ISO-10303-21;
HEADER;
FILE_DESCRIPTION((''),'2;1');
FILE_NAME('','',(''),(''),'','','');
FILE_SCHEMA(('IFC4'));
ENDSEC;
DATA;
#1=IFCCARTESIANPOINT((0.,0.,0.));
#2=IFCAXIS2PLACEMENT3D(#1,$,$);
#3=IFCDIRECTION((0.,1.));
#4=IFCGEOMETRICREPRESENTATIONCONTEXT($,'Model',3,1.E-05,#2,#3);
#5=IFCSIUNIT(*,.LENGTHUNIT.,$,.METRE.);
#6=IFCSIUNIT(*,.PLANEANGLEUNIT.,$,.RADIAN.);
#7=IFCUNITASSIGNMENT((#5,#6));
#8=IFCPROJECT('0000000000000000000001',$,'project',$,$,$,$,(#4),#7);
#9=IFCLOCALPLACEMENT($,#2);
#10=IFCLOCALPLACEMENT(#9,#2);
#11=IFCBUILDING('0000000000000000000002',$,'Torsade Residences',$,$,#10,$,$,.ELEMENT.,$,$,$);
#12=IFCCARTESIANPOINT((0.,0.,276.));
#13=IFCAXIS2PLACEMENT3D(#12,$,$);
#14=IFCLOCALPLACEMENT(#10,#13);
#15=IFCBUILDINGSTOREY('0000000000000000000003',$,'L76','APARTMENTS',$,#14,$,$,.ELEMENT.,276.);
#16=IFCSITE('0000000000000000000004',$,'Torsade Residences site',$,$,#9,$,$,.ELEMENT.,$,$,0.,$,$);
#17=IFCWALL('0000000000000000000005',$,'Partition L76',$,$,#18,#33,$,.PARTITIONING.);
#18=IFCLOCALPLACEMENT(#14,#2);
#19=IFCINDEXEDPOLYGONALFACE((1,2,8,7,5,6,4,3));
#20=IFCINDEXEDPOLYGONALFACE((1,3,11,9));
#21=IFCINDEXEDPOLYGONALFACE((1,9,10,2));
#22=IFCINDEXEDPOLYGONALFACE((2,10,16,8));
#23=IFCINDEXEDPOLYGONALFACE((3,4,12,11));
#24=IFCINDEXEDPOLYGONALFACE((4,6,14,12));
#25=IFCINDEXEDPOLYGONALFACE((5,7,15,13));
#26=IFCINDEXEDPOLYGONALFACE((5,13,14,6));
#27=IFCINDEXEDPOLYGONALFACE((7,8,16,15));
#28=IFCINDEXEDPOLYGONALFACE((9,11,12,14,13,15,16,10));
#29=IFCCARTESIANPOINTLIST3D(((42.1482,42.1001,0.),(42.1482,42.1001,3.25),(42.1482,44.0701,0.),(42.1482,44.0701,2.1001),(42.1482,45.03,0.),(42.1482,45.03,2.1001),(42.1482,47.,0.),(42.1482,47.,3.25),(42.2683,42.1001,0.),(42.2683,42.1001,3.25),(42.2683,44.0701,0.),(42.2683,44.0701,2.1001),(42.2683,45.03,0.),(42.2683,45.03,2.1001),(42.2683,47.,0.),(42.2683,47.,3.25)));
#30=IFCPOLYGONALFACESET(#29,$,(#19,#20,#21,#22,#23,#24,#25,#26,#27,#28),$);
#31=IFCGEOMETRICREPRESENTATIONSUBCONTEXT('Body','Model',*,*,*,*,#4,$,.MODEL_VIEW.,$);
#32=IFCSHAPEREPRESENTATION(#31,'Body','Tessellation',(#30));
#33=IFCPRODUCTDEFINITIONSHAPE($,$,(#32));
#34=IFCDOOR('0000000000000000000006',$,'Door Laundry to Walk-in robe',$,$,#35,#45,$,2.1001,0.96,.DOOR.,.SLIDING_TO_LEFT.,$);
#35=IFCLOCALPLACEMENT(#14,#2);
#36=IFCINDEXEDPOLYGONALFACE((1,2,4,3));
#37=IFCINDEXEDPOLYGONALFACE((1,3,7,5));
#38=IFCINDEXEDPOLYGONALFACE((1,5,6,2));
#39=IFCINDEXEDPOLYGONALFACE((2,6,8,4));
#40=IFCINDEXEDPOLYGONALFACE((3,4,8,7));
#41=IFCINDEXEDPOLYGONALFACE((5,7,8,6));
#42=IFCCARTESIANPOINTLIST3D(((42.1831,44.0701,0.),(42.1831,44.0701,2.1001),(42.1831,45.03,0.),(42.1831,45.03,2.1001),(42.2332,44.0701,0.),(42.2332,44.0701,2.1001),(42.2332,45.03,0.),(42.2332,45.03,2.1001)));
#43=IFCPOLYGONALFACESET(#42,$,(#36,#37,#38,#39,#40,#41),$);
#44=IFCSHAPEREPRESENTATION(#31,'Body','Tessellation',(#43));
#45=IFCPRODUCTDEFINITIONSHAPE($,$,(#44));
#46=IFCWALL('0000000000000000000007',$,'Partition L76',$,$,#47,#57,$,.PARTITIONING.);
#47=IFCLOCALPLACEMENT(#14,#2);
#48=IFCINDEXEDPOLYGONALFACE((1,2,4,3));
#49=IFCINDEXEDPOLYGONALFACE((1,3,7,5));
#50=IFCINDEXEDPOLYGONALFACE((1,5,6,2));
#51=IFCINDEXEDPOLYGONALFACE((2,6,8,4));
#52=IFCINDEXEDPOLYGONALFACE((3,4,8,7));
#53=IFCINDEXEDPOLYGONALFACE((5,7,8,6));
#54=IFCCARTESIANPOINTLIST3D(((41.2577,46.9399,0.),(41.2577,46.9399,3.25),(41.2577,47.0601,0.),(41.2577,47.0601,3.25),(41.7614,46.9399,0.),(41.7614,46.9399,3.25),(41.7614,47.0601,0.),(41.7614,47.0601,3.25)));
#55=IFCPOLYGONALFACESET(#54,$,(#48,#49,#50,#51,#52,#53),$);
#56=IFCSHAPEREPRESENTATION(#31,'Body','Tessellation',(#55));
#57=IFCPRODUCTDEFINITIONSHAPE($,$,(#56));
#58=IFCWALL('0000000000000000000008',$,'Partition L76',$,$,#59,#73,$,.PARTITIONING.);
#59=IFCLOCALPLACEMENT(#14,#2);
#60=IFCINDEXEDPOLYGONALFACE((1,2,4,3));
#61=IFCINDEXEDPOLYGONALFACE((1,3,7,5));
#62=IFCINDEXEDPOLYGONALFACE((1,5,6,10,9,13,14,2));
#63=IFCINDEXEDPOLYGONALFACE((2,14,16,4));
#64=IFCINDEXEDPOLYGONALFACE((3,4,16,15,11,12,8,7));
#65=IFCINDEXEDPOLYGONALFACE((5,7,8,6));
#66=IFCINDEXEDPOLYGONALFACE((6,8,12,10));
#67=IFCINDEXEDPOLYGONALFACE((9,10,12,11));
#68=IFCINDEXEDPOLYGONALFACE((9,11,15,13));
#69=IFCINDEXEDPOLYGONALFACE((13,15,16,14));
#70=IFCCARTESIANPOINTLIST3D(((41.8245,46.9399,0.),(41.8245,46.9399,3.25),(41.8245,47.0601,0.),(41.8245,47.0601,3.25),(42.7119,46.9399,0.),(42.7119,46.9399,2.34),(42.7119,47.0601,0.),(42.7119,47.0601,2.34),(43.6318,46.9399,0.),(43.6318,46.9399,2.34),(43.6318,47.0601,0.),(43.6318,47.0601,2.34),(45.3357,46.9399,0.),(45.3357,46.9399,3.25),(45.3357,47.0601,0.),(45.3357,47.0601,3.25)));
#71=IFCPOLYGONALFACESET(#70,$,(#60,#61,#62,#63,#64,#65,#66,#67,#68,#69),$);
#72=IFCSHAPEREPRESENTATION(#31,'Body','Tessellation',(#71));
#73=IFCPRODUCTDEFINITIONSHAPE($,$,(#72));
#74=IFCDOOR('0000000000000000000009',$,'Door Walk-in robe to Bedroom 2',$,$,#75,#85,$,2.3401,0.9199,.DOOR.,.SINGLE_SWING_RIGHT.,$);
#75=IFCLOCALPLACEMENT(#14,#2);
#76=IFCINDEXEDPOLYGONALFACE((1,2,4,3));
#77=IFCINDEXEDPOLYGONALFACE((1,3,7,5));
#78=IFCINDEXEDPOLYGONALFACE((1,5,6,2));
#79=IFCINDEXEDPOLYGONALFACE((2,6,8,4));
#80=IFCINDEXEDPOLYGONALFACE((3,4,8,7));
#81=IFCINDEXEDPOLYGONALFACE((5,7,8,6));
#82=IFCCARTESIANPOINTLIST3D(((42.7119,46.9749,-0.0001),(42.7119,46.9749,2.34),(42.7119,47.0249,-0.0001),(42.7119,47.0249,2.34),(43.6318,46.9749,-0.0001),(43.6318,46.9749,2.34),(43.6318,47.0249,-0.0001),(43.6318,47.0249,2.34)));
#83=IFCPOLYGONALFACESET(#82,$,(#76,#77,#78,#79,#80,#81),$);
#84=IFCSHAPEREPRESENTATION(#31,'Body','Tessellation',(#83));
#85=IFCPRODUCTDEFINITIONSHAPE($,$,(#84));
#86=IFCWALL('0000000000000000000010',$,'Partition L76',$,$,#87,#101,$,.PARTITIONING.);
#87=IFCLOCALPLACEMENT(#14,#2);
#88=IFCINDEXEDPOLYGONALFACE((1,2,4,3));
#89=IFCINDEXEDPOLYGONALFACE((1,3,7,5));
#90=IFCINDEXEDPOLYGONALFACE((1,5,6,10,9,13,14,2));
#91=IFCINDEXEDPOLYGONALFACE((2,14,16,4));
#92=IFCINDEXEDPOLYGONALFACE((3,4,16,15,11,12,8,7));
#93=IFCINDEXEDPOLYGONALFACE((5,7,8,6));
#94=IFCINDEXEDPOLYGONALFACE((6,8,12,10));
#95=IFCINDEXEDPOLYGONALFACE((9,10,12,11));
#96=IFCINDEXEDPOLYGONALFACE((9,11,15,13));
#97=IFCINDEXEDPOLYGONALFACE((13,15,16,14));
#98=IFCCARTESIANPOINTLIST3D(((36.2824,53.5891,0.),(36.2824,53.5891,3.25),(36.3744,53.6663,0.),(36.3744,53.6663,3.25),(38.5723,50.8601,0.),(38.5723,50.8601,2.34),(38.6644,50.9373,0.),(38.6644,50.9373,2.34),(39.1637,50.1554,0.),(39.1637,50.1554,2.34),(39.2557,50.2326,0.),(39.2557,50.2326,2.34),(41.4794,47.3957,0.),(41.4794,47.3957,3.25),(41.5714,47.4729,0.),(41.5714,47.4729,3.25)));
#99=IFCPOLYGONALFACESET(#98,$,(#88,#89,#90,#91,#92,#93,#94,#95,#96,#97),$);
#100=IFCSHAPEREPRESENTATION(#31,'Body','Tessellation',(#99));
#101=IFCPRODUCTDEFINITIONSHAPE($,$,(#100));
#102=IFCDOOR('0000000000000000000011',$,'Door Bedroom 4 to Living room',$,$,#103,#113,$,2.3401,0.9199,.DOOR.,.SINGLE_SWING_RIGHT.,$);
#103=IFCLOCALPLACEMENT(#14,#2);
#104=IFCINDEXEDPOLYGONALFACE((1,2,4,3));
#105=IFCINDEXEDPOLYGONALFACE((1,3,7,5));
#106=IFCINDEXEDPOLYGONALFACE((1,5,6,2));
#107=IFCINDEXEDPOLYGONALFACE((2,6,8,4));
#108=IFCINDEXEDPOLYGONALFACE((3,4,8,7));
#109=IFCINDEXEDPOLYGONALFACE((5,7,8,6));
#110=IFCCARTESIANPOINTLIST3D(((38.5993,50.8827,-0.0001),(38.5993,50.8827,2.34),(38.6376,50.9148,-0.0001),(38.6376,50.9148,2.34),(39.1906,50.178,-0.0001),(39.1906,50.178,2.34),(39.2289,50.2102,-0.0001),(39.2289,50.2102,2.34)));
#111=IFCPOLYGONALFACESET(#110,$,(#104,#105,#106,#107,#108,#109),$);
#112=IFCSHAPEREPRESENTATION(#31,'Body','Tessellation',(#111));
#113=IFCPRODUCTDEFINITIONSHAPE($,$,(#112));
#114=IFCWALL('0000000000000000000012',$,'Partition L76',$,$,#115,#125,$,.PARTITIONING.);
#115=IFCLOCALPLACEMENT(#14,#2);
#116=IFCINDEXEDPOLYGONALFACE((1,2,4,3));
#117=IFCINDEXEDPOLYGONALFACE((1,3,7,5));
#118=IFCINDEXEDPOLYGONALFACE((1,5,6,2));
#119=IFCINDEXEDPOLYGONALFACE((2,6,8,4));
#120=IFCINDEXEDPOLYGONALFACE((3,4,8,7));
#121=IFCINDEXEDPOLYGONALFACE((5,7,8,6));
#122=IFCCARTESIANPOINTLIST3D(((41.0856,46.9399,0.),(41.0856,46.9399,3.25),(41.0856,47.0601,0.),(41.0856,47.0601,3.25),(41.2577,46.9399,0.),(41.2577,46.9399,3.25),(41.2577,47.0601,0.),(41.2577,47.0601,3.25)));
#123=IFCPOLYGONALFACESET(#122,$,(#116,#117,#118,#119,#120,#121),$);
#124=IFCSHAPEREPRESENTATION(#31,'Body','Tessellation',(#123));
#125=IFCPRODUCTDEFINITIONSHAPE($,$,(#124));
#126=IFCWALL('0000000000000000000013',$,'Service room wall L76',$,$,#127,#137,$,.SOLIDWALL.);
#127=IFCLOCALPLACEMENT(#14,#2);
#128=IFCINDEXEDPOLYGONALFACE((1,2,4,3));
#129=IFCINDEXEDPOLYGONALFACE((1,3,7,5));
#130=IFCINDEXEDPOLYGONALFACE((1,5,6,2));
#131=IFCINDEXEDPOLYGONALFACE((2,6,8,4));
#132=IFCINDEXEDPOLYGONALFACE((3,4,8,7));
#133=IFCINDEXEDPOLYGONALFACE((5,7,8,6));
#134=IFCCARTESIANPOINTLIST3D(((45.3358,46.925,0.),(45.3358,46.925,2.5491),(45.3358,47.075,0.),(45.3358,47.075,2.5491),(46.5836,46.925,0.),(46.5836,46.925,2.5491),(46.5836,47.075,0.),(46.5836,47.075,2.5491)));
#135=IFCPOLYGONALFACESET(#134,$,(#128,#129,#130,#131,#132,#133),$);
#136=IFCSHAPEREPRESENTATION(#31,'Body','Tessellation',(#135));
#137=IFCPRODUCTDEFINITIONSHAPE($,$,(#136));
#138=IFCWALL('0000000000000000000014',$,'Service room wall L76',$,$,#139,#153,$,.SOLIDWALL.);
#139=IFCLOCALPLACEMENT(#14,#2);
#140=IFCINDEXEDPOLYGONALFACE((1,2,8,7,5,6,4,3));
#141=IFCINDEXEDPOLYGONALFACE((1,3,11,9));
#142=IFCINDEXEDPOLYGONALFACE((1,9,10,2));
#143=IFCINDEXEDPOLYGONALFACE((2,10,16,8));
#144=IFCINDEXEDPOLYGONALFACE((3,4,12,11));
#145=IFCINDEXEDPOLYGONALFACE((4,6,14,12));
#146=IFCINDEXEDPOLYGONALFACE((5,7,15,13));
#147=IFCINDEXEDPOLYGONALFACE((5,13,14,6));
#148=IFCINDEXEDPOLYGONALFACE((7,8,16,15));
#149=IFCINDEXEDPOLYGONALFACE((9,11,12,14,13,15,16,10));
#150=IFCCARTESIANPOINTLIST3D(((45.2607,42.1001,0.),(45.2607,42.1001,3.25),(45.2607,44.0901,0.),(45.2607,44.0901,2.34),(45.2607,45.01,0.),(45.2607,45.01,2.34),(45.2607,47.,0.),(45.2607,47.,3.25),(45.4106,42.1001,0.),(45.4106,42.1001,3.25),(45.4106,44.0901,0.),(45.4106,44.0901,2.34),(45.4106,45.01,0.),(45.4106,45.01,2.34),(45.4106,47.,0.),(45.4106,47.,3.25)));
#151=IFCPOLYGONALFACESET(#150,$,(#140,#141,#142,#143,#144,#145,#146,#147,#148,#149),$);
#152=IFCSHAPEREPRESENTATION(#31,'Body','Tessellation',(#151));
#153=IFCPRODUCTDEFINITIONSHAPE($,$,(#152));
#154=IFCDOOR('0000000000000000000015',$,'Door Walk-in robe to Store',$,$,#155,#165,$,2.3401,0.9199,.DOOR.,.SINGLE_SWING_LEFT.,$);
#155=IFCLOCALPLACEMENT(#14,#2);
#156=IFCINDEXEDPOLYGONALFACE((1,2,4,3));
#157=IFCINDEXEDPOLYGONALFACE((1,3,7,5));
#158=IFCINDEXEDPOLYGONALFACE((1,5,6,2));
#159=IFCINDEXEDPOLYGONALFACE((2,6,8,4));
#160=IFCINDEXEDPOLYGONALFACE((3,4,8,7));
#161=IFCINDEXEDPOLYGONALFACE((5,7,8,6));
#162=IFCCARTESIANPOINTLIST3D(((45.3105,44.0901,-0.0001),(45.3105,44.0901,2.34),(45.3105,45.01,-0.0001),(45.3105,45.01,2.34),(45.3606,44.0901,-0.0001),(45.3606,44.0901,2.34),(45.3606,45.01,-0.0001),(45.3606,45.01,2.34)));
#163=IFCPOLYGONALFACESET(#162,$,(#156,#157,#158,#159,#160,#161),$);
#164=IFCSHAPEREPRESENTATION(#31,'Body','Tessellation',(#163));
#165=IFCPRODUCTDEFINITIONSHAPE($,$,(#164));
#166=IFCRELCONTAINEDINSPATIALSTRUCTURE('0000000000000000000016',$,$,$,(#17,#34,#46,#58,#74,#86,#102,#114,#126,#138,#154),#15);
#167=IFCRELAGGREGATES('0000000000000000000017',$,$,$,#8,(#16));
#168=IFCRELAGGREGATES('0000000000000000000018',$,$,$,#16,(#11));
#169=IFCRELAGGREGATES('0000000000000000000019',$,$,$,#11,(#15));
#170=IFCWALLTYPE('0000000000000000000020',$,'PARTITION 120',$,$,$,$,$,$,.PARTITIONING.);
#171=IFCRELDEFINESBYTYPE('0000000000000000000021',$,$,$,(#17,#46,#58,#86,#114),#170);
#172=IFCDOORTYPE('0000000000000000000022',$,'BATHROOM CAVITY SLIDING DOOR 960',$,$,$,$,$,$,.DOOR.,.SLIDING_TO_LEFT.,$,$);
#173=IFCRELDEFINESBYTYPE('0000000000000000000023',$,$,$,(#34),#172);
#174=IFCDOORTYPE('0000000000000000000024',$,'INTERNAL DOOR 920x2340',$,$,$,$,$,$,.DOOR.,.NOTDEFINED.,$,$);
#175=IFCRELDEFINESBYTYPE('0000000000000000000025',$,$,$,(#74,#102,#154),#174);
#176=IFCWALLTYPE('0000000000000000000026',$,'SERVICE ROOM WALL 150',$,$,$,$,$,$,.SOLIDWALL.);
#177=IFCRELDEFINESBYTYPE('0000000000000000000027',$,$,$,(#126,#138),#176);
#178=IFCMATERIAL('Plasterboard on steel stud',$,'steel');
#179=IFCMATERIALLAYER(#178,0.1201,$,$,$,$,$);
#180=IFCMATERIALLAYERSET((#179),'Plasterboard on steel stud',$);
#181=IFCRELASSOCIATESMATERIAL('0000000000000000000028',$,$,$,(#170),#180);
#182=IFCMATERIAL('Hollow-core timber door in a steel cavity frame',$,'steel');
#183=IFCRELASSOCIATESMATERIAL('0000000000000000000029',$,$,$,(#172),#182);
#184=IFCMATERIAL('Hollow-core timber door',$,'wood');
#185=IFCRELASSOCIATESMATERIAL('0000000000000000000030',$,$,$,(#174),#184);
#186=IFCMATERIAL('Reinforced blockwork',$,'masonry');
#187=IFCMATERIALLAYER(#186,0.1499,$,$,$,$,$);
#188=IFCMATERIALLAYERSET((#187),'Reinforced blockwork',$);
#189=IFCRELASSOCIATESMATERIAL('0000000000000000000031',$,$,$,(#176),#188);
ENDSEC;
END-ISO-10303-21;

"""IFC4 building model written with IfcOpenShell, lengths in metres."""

from ifc_helpers import new_model, si_unit, direction, frame, frame_2d, origin, place, context, subcontext, project, spatial, rectangle, extrude, material, layer, layer_set, type_object, element, fill, save


model = new_model("IFC4")

# Units and contexts
model_context = context("Model", 3, precision=1e-05, world=origin(), true_north=direction((0.0, 1.0)))
body_context = subcontext(model_context, "Body", "Model", "MODEL_VIEW")
ifc_project = project(units=[si_unit("LENGTHUNIT", "METRE"), si_unit("PLANEANGLEUNIT", "RADIAN")], contexts=[model_context])

# Site, building, storey
site_placement = place(None, origin())
site = spatial("IfcSite", under=ifc_project, at=site_placement, Name="Torsade Residences site", CompositionType="ELEMENT", RefElevation=0.0)
building_placement = place(site_placement, origin())
building = spatial("IfcBuilding", under=site, at=building_placement, Name="Torsade Residences", CompositionType="ELEMENT")
storey_placement = place(building_placement, frame((0.0, 0.0, 276.0)))
storey = spatial("IfcBuildingStorey", under=building, at=storey_placement, Name="L76", Description="APARTMENTS", CompositionType="ELEMENT", Elevation=276.0)

# Wall, opening, door
ifc_material_1 = material(Name="Plasterboard on steel stud", Category="steel")
ifc_layer_1 = layer(ifc_material_1, 0.1201)
ifc_layer_set_1 = layer_set([ifc_layer_1], Name="Plasterboard on steel stud")
wall_type_1 = type_object("IfcWallType", Name="PARTITION 120", PredefinedType="PARTITIONING", material=ifc_layer_set_1)
wall_1_placement = place(storey_placement, frame((42.2083, 47.0, 0.0), z_axis=(0.0, 0.0, 1.0), x_axis=(0.0, -1.0, 0.0)))
wall_1 = element("IfcWall", 1, at=wall_1_placement, inside=storey, type_object=wall_type_1, Name="Partition L76", PredefinedType="PARTITIONING", context=body_context, shape_type="SweptSolid", body=[
    extrude(rectangle(XDim=4.8999, YDim=0.1201, at=frame_2d((2.45, 0.0))), origin(), (0.0, 0.0, 1.0), 3.25),
])
opening_1_placement = place(wall_1_placement, frame((1.97, 0.0, 0.0)))
opening_1 = element("IfcOpeningElement", 2, at=opening_1_placement, cuts=wall_1, PredefinedType="OPENING", context=body_context, shape_type="SweptSolid", body=[
    extrude(rectangle(XDim=0.96, YDim=2.1001, at=frame_2d((0.48, 1.05))), frame((0.0, 0.0701, 0.0), z_axis=(0.0, -1.0, 0.0), x_axis=(1.0, 0.0, 0.0)), (0.0, 0.0, 1.0), 0.1401),
])
ifc_material_2 = material(Name="Hollow-core timber door in a steel cavity frame", Category="steel")
door_type_1 = type_object("IfcDoorType", Name="BATHROOM CAVITY SLIDING DOOR 960", OperationType="SLIDING_TO_LEFT", PredefinedType="DOOR", material=ifc_material_2)
door_1_placement = place(opening_1_placement, origin())
door_1 = element("IfcDoor", 3, at=door_1_placement, inside=storey, type_object=door_type_1, Name="Door Laundry to Walk-in robe", OperationType="SLIDING_TO_LEFT", OverallHeight=2.1001, OverallWidth=0.96, PredefinedType="DOOR", context=body_context, shape_type="SweptSolid", body=[
    extrude(rectangle(XDim=0.96, YDim=2.1001, at=frame_2d((0.48, 1.05))), frame((0.0, 0.0249, 0.0), z_axis=(0.0, -1.0, 0.0), x_axis=(1.0, 0.0, 0.0)), (0.0, 0.0, 1.0), 0.05),
])
fill(opening_1, door_1)

# Wall
wall_2_placement = place(storey_placement, frame((41.2576, 47.0, 0.0), z_axis=(0.0, 0.0, 1.0), x_axis=(1.0, 0.0, 0.0)))
element("IfcWall", 4, at=wall_2_placement, inside=storey, type_object=wall_type_1, Name="Partition L76", PredefinedType="PARTITIONING", context=body_context, shape_type="SweptSolid", body=[
    extrude(rectangle(XDim=0.5037, YDim=0.1201, at=frame_2d((0.252, 0.0))), origin(), (0.0, 0.0, 1.0), 3.25),
])

# Walls, openings, doors
wall_3_placement = place(storey_placement, frame((41.8245, 47.0, 0.0), z_axis=(0.0, 0.0, 1.0), x_axis=(1.0, 0.0, 0.0)))
wall_3 = element("IfcWall", 5, at=wall_3_placement, inside=storey, type_object=wall_type_1, Name="Partition L76", PredefinedType="PARTITIONING", context=body_context, shape_type="SweptSolid", body=[
    extrude(rectangle(XDim=3.5112, YDim=0.1201, at=frame_2d((1.7556, 0.0))), origin(), (0.0, 0.0, 1.0), 3.25),
])
opening_2_placement = place(wall_3_placement, frame((0.8875, 0.0, 0.0)))
opening_2 = element("IfcOpeningElement", 6, at=opening_2_placement, cuts=wall_3, PredefinedType="OPENING", context=body_context, shape_type="SweptSolid", body=[
    extrude(rectangle(XDim=0.9199, YDim=2.3401, at=frame_2d((0.46, 1.1699))), frame((0.0, 0.0701, 0.0), z_axis=(0.0, -1.0, 0.0), x_axis=(1.0, 0.0, 0.0)), (0.0, 0.0, 1.0), 0.1401),
])
ifc_material_3 = material(Name="Hollow-core timber door", Category="wood")
door_type_2 = type_object("IfcDoorType", Name="INTERNAL DOOR 920x2340", OperationType="NOTDEFINED", PredefinedType="DOOR", material=ifc_material_3)
door_2_placement = place(opening_2_placement, origin())
door_2 = element("IfcDoor", 7, at=door_2_placement, inside=storey, type_object=door_type_2, Name="Door Walk-in robe to Bedroom 2", OperationType="SINGLE_SWING_RIGHT", OverallHeight=2.3401, OverallWidth=0.9199, PredefinedType="DOOR", context=body_context, shape_type="SweptSolid", body=[
    extrude(rectangle(XDim=0.9199, YDim=2.3401, at=frame_2d((0.46, 1.1699))), frame((0.0, 0.0249, 0.0), z_axis=(0.0, -1.0, 0.0), x_axis=(1.0, 0.0, 0.0)), (0.0, 0.0, 1.0), 0.05),
])
fill(opening_2, door_2)
wall_4_placement = place(storey_placement, frame((41.5254, 47.4343, 0.0), z_axis=(0.0, 0.0, 1.0), x_axis=(-0.6428, 0.766034, 0.0)))
wall_4 = element("IfcWall", 8, at=wall_4_placement, inside=storey, type_object=wall_type_1, Name="Partition L76", PredefinedType="PARTITIONING", context=body_context, shape_type="SweptSolid", body=[
    extrude(rectangle(XDim=8.085, YDim=0.1201, at=frame_2d((4.0425, 0.0))), origin(), (0.0, 0.0, 1.0), 3.25),
])
opening_3_placement = place(wall_4_placement, frame((3.6025, 0.0, 0.0)))
opening_3 = element("IfcOpeningElement", 9, at=opening_3_placement, cuts=wall_4, PredefinedType="OPENING", context=body_context, shape_type="SweptSolid", body=[
    extrude(rectangle(XDim=0.9199, YDim=2.3401, at=frame_2d((0.46, 1.1699))), frame((0.0, 0.0701, 0.0), z_axis=(0.0, -1.0, 0.0), x_axis=(1.0, 0.0, 0.0)), (0.0, 0.0, 1.0), 0.1401),
])
door_3_placement = place(opening_3_placement, origin())
door_3 = element("IfcDoor", 10, at=door_3_placement, inside=storey, type_object=door_type_2, Name="Door Bedroom 4 to Living room", OperationType="SINGLE_SWING_RIGHT", OverallHeight=2.3401, OverallWidth=0.9199, PredefinedType="DOOR", context=body_context, shape_type="SweptSolid", body=[
    extrude(rectangle(XDim=0.9199, YDim=2.3401, at=frame_2d((0.46, 1.1699))), frame((0.0, 0.0249, 0.0), z_axis=(0.0, -1.0, 0.0), x_axis=(1.0, 0.0, 0.0)), (0.0, 0.0, 1.0), 0.05),
])
fill(opening_3, door_3)

# Walls
wall_5_placement = place(storey_placement, frame((41.2576, 47.0, 0.0), z_axis=(0.0, 0.0, 1.0), x_axis=(-1.0, 0.0, 0.0)))
element("IfcWall", 11, at=wall_5_placement, inside=storey, type_object=wall_type_1, Name="Partition L76", PredefinedType="PARTITIONING", context=body_context, shape_type="SweptSolid", body=[
    extrude(rectangle(XDim=0.1721, YDim=0.1201, at=frame_2d((0.0859, 0.0))), origin(), (0.0, 0.0, 1.0), 3.25),
])
ifc_material_4 = material(Name="Reinforced blockwork", Category="masonry")
ifc_layer_2 = layer(ifc_material_4, 0.1499)
ifc_layer_set_2 = layer_set([ifc_layer_2], Name="Reinforced blockwork")
wall_type_2 = type_object("IfcWallType", Name="SERVICE ROOM WALL 150", PredefinedType="SOLIDWALL", material=ifc_layer_set_2)
wall_6_placement = place(storey_placement, frame((45.3357, 47.0, 0.0), z_axis=(0.0, 0.0, 1.0), x_axis=(1.0, 0.0, 0.0)))
element("IfcWall", 12, at=wall_6_placement, inside=storey, type_object=wall_type_2, Name="Service room wall L76", PredefinedType="SOLIDWALL", context=body_context, shape_type="SweptSolid", body=[
    extrude(rectangle(XDim=1.2478, YDim=0.1499, at=frame_2d((0.624, 0.0))), origin(), (0.0, 0.0, 1.0), 2.5491),
])

# Wall, opening, door
wall_7_placement = place(storey_placement, frame((45.3357, 47.0, 0.0), z_axis=(0.0, 0.0, 1.0), x_axis=(0.0, -1.0, 0.0)))
wall_7 = element("IfcWall", 13, at=wall_7_placement, inside=storey, type_object=wall_type_2, Name="Service room wall L76", PredefinedType="SOLIDWALL", context=body_context, shape_type="SweptSolid", body=[
    extrude(rectangle(XDim=4.8999, YDim=0.1499, at=frame_2d((2.45, 0.0))), origin(), (0.0, 0.0, 1.0), 3.25),
])
opening_4_placement = place(wall_7_placement, frame((1.99, 0.0, 0.0)))
opening_4 = element("IfcOpeningElement", 14, at=opening_4_placement, cuts=wall_7, PredefinedType="OPENING", context=body_context, shape_type="SweptSolid", body=[
    extrude(rectangle(XDim=0.9199, YDim=2.3401, at=frame_2d((0.46, 1.1699))), frame((0.0, 0.085, 0.0), z_axis=(0.0, -1.0, 0.0), x_axis=(1.0, 0.0, 0.0)), (0.0, 0.0, 1.0), 0.1699),
])
door_4_placement = place(opening_4_placement, origin())
door_4 = element("IfcDoor", 15, at=door_4_placement, inside=storey, type_object=door_type_2, Name="Door Walk-in robe to Store", OperationType="SINGLE_SWING_LEFT", OverallHeight=2.3401, OverallWidth=0.9199, PredefinedType="DOOR", context=body_context, shape_type="SweptSolid", body=[
    extrude(rectangle(XDim=0.9199, YDim=2.3401, at=frame_2d((0.46, 1.1699))), frame((0.0, 0.0249, 0.0), z_axis=(0.0, -1.0, 0.0), x_axis=(1.0, 0.0, 0.0)), (0.0, 0.0, 1.0), 0.05),
])
fill(opening_4, door_4)

save(model, "model.ifc")
